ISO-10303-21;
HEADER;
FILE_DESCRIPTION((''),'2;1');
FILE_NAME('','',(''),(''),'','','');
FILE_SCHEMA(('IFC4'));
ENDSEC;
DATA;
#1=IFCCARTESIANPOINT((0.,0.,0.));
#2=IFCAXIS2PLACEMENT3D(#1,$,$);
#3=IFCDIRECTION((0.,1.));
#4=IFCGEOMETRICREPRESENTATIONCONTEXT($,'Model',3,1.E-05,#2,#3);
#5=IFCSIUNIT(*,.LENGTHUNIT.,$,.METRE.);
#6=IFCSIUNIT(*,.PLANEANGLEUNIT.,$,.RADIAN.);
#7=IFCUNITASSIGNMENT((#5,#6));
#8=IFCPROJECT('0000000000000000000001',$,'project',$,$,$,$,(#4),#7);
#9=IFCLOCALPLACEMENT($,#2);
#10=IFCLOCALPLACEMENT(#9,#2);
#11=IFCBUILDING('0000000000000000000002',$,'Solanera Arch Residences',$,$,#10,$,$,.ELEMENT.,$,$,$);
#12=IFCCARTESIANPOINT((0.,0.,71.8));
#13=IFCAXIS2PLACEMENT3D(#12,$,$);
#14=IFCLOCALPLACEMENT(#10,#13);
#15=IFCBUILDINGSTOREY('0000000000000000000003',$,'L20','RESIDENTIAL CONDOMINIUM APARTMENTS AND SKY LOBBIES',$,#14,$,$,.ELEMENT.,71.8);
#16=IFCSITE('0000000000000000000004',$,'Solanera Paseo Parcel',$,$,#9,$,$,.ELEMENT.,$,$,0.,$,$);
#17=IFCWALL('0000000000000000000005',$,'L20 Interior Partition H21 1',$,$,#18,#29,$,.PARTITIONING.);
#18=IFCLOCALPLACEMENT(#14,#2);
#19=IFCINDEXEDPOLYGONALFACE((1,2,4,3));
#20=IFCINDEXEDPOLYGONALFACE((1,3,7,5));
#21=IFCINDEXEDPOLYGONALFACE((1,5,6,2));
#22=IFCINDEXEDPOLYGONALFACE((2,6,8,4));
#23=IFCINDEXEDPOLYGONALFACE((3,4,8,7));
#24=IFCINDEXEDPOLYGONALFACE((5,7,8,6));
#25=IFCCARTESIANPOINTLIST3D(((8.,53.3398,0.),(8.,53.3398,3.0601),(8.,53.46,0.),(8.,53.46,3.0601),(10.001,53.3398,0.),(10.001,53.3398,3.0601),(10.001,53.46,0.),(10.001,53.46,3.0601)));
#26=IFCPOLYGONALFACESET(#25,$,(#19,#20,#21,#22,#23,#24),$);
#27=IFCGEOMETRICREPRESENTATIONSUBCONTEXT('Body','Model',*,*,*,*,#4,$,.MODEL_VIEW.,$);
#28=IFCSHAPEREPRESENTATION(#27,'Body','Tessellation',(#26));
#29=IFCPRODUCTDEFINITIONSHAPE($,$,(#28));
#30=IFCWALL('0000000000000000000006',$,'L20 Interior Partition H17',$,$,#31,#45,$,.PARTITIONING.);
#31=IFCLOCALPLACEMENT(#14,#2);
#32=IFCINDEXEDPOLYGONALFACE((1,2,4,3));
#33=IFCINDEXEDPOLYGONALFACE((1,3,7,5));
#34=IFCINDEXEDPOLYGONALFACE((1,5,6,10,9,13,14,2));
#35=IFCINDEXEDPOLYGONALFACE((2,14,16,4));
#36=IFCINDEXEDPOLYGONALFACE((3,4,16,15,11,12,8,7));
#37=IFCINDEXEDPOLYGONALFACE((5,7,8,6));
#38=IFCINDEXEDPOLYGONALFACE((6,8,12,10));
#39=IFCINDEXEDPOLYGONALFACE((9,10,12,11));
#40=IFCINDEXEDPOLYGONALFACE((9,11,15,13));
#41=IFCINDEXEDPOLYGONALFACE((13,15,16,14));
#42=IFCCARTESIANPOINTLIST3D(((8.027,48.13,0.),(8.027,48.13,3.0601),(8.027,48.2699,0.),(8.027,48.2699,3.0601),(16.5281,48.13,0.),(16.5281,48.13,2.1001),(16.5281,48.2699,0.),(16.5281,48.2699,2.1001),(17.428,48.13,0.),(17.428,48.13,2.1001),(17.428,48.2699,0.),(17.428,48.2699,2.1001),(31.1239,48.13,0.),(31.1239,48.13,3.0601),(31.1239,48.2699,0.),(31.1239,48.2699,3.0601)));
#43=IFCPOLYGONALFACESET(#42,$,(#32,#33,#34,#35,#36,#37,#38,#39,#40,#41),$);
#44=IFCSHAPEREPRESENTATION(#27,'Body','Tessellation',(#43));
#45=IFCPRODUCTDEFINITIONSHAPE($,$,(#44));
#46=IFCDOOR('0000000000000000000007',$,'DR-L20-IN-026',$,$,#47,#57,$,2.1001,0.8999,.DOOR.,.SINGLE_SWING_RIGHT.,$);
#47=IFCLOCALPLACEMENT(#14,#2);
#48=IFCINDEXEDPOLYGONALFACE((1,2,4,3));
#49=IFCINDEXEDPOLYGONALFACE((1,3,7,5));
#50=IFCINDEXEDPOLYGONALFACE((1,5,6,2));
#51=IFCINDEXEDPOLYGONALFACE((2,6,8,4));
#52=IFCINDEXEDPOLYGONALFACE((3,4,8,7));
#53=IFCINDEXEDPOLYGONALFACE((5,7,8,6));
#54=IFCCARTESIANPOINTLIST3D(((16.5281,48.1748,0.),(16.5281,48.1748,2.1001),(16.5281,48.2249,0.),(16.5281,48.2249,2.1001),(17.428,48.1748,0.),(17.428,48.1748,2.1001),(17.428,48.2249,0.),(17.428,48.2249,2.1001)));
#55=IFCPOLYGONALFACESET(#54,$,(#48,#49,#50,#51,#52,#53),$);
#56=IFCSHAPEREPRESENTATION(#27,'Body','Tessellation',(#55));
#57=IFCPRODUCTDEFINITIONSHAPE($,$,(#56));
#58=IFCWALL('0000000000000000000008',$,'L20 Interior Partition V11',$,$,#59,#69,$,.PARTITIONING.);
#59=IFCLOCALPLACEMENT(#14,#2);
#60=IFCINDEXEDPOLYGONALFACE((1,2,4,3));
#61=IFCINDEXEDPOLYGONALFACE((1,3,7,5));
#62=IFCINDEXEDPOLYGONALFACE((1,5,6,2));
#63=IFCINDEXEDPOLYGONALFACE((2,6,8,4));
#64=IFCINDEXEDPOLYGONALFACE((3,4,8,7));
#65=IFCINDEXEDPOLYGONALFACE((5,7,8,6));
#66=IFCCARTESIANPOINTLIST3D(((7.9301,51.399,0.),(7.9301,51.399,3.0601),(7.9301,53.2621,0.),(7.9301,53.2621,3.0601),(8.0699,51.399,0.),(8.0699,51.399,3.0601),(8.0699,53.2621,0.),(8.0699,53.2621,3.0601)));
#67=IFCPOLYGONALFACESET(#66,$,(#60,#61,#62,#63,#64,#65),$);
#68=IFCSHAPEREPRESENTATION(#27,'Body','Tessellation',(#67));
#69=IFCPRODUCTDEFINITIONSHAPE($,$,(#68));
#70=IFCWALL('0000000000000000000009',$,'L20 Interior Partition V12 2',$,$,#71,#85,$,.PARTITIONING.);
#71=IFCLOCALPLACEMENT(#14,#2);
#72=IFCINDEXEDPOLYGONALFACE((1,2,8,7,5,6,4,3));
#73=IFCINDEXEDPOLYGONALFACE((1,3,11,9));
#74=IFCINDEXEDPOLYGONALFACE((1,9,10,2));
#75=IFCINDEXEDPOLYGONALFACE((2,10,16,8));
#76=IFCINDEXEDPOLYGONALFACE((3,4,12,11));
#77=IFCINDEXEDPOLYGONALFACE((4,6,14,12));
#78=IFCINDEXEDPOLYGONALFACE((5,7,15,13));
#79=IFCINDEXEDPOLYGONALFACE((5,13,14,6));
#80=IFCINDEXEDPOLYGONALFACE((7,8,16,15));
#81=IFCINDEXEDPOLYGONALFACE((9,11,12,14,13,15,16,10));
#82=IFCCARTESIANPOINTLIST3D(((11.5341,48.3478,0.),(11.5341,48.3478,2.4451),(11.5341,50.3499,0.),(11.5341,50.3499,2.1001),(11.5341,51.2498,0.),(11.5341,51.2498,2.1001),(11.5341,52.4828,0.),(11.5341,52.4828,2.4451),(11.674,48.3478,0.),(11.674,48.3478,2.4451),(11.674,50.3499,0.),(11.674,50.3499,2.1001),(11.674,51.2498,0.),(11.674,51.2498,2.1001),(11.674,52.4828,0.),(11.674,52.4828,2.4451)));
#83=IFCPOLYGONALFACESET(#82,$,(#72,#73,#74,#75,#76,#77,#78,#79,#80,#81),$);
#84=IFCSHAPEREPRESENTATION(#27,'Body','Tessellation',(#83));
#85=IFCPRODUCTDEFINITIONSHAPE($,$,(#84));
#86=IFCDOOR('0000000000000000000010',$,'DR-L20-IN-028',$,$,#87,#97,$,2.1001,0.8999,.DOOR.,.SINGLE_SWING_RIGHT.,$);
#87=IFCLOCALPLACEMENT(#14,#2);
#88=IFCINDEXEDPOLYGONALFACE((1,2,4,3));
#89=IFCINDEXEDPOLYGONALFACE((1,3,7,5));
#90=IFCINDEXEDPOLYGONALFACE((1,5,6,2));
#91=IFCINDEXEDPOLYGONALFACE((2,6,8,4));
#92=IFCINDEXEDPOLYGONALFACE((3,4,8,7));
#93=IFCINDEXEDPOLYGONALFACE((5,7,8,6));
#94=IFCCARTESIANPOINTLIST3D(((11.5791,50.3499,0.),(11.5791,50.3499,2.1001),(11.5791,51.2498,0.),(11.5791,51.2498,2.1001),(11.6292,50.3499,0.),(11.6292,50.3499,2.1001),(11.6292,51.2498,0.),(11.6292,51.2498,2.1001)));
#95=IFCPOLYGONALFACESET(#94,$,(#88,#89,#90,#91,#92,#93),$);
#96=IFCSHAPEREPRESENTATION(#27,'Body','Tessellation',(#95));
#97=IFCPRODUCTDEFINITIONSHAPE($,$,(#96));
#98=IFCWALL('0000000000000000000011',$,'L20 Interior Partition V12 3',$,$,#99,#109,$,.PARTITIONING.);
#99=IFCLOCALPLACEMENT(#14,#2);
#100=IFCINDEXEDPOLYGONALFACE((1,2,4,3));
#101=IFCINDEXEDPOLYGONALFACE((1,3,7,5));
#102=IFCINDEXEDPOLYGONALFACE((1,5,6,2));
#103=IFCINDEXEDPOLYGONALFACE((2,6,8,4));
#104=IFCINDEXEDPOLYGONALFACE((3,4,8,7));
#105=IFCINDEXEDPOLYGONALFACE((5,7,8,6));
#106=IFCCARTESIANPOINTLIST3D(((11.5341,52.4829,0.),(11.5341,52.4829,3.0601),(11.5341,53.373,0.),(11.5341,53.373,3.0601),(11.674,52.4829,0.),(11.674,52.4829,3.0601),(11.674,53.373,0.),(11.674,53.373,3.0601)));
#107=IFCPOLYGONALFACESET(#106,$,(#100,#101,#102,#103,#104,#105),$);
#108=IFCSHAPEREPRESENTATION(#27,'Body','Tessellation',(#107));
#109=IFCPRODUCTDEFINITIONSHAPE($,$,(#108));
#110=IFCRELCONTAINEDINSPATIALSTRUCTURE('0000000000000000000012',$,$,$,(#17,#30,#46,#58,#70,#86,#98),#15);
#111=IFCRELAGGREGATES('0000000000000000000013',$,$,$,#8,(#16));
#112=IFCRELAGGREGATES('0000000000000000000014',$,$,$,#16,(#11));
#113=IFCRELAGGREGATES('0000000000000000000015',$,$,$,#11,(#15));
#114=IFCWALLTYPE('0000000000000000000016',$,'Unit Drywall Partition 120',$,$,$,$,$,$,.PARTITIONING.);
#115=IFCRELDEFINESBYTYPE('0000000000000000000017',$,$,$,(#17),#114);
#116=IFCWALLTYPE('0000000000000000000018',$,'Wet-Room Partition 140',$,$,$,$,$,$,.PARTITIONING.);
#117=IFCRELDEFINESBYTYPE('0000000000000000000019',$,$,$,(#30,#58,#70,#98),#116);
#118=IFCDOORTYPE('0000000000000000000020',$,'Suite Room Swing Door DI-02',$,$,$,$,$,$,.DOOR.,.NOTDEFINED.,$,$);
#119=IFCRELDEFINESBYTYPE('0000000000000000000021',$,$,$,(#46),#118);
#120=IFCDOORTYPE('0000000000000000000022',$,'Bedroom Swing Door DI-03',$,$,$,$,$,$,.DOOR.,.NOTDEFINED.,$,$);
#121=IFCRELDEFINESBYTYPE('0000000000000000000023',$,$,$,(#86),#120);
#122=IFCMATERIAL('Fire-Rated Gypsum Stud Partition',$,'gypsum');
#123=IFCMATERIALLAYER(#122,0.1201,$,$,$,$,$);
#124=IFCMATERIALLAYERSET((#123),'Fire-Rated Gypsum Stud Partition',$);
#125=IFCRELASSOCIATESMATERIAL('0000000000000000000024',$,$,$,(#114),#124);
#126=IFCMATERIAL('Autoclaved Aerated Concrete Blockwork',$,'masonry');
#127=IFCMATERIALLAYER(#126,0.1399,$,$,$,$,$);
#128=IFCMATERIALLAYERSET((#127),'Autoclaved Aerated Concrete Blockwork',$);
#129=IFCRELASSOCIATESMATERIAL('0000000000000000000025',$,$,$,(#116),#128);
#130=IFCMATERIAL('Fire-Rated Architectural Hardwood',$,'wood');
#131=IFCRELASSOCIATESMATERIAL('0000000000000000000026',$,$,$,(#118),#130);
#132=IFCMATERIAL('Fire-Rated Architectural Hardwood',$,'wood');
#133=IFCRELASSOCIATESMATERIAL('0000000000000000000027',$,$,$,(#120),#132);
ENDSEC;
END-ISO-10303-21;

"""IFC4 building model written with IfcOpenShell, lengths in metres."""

from ifc_helpers import new_model, si_unit, direction, frame, frame_2d, origin, place, context, subcontext, project, spatial, rectangle, extrude, material, layer, layer_set, type_object, element, fill, save


model = new_model("IFC4")

# Units and contexts
model_context = context("Model", 3, precision=1e-05, world=origin(), true_north=direction((0.0, 1.0)))
body_context = subcontext(model_context, "Body", "Model", "MODEL_VIEW")
ifc_project = project(units=[si_unit("LENGTHUNIT", "METRE"), si_unit("PLANEANGLEUNIT", "RADIAN")], contexts=[model_context])

# Site, building, storey
site_placement = place(None, origin())
site = spatial("IfcSite", under=ifc_project, at=site_placement, Name="Solanera Paseo Parcel", CompositionType="ELEMENT", RefElevation=0.0)
building_placement = place(site_placement, origin())
building = spatial("IfcBuilding", under=site, at=building_placement, Name="Solanera Arch Residences", CompositionType="ELEMENT")
storey_placement = place(building_placement, frame((0.0, 0.0, 71.8)))
storey = spatial("IfcBuildingStorey", under=building, at=storey_placement, Name="L20", Description="RESIDENTIAL CONDOMINIUM APARTMENTS AND SKY LOBBIES", CompositionType="ELEMENT", Elevation=71.8)

# Wall
ifc_material_1 = material(Name="Fire-Rated Gypsum Stud Partition", Category="gypsum")
ifc_layer_1 = layer(ifc_material_1, 0.1201)
ifc_layer_set_1 = layer_set([ifc_layer_1], Name="Fire-Rated Gypsum Stud Partition")
wall_type_1 = type_object("IfcWallType", Name="Unit Drywall Partition 120", PredefinedType="PARTITIONING", material=ifc_layer_set_1)
wall_1_placement = place(storey_placement, frame((8.0, 53.3999, 0.0), z_axis=(0.0, 0.0, 1.0), x_axis=(1.0, 0.0, 0.0)))
element("IfcWall", 1, at=wall_1_placement, inside=storey, type_object=wall_type_1, Name="L20 Interior Partition H21 1", PredefinedType="PARTITIONING", context=body_context, shape_type="SweptSolid", body=[
    extrude(rectangle(XDim=2.001, YDim=0.1201, at=frame_2d((1.0005, 0.0))), origin(), (0.0, 0.0, 1.0), 3.0601),
])

# Wall, opening, door
ifc_material_2 = material(Name="Autoclaved Aerated Concrete Blockwork", Category="masonry")
ifc_layer_2 = layer(ifc_material_2, 0.1399)
ifc_layer_set_2 = layer_set([ifc_layer_2], Name="Autoclaved Aerated Concrete Blockwork")
wall_type_2 = type_object("IfcWallType", Name="Wet-Room Partition 140", PredefinedType="PARTITIONING", material=ifc_layer_set_2)
wall_2_placement = place(storey_placement, frame((8.0271, 48.2, 0.0), z_axis=(0.0, 0.0, 1.0), x_axis=(1.0, 0.0, 0.0)))
wall_2 = element("IfcWall", 2, at=wall_2_placement, inside=storey, type_object=wall_type_2, Name="L20 Interior Partition H17", PredefinedType="PARTITIONING", context=body_context, shape_type="SweptSolid", body=[
    extrude(rectangle(XDim=23.0969, YDim=0.1399, at=frame_2d((11.5483, 0.0))), origin(), (0.0, 0.0, 1.0), 3.0601),
])
opening_1_placement = place(wall_2_placement, frame((8.501, 0.0, 0.0)))
opening_1 = element("IfcOpeningElement", 3, at=opening_1_placement, cuts=wall_2, PredefinedType="OPENING", context=body_context, shape_type="SweptSolid", body=[
    extrude(rectangle(XDim=0.8999, YDim=2.1001, at=frame_2d((0.45, 1.05))), frame((0.0, 0.0798, 0.0), z_axis=(0.0, -1.0, 0.0), x_axis=(1.0, 0.0, 0.0)), (0.0, 0.0, 1.0), 0.1599),
])
ifc_material_3 = material(Name="Fire-Rated Architectural Hardwood", Category="wood")
door_type_1 = type_object("IfcDoorType", Name="Suite Room Swing Door DI-02", OperationType="NOTDEFINED", PredefinedType="DOOR", material=ifc_material_3)
door_1_placement = place(opening_1_placement, origin())
door_1 = element("IfcDoor", 4, at=door_1_placement, inside=storey, type_object=door_type_1, Name="DR-L20-IN-026", OperationType="SINGLE_SWING_RIGHT", OverallHeight=2.1001, OverallWidth=0.8999, PredefinedType="DOOR", context=body_context, shape_type="SweptSolid", body=[
    extrude(rectangle(XDim=0.8999, YDim=2.1001, at=frame_2d((0.45, 1.05))), frame((0.0, 0.0249, 0.0), z_axis=(0.0, -1.0, 0.0), x_axis=(1.0, 0.0, 0.0)), (0.0, 0.0, 1.0), 0.05),
])
fill(opening_1, door_1)

# Wall
wall_3_placement = place(storey_placement, frame((8.0, 51.3989, 0.0), z_axis=(0.0, 0.0, 1.0), x_axis=(0.0, 1.0, 0.0)))
element("IfcWall", 5, at=wall_3_placement, inside=storey, type_object=wall_type_2, Name="L20 Interior Partition V11", PredefinedType="PARTITIONING", context=body_context, shape_type="SweptSolid", body=[
    extrude(rectangle(XDim=1.863, YDim=0.1399, at=frame_2d((0.9316, 0.0))), origin(), (0.0, 0.0, 1.0), 3.0601),
])

# Wall, opening, door
wall_4_placement = place(storey_placement, frame((11.604, 48.3479, 0.0), z_axis=(0.0, 0.0, 1.0), x_axis=(0.0, 1.0, 0.0)))
wall_4 = element("IfcWall", 6, at=wall_4_placement, inside=storey, type_object=wall_type_2, Name="L20 Interior Partition V12 2", PredefinedType="PARTITIONING", context=body_context, shape_type="SweptSolid", body=[
    extrude(rectangle(XDim=4.135, YDim=0.1399, at=frame_2d((2.0674, 0.0))), origin(), (0.0, 0.0, 1.0), 2.4451),
])
opening_2_placement = place(wall_4_placement, frame((2.002, 0.0, 0.0)))
opening_2 = element("IfcOpeningElement", 7, at=opening_2_placement, cuts=wall_4, PredefinedType="OPENING", context=body_context, shape_type="SweptSolid", body=[
    extrude(rectangle(XDim=0.8999, YDim=2.1001, at=frame_2d((0.45, 1.05))), frame((0.0, 0.0798, 0.0), z_axis=(0.0, -1.0, 0.0), x_axis=(1.0, 0.0, 0.0)), (0.0, 0.0, 1.0), 0.1599),
])
ifc_material_4 = material(Name="Fire-Rated Architectural Hardwood", Category="wood")
door_type_2 = type_object("IfcDoorType", Name="Bedroom Swing Door DI-03", OperationType="NOTDEFINED", PredefinedType="DOOR", material=ifc_material_4)
door_2_placement = place(opening_2_placement, origin())
door_2 = element("IfcDoor", 8, at=door_2_placement, inside=storey, type_object=door_type_2, Name="DR-L20-IN-028", OperationType="SINGLE_SWING_RIGHT", OverallHeight=2.1001, OverallWidth=0.8999, PredefinedType="DOOR", context=body_context, shape_type="SweptSolid", body=[
    extrude(rectangle(XDim=0.8999, YDim=2.1001, at=frame_2d((0.45, 1.05))), frame((0.0, 0.0249, 0.0), z_axis=(0.0, -1.0, 0.0), x_axis=(1.0, 0.0, 0.0)), (0.0, 0.0, 1.0), 0.05),
])
fill(opening_2, door_2)

# Wall
wall_5_placement = place(storey_placement, frame((11.604, 52.4829, 0.0), z_axis=(0.0, 0.0, 1.0), x_axis=(0.0, 1.0, 0.0)))
element("IfcWall", 9, at=wall_5_placement, inside=storey, type_object=wall_type_2, Name="L20 Interior Partition V12 3", PredefinedType="PARTITIONING", context=body_context, shape_type="SweptSolid", body=[
    extrude(rectangle(XDim=0.8901, YDim=0.1399, at=frame_2d((0.4451, 0.0))), origin(), (0.0, 0.0, 1.0), 3.0601),
])

save(model, "model.ifc")
